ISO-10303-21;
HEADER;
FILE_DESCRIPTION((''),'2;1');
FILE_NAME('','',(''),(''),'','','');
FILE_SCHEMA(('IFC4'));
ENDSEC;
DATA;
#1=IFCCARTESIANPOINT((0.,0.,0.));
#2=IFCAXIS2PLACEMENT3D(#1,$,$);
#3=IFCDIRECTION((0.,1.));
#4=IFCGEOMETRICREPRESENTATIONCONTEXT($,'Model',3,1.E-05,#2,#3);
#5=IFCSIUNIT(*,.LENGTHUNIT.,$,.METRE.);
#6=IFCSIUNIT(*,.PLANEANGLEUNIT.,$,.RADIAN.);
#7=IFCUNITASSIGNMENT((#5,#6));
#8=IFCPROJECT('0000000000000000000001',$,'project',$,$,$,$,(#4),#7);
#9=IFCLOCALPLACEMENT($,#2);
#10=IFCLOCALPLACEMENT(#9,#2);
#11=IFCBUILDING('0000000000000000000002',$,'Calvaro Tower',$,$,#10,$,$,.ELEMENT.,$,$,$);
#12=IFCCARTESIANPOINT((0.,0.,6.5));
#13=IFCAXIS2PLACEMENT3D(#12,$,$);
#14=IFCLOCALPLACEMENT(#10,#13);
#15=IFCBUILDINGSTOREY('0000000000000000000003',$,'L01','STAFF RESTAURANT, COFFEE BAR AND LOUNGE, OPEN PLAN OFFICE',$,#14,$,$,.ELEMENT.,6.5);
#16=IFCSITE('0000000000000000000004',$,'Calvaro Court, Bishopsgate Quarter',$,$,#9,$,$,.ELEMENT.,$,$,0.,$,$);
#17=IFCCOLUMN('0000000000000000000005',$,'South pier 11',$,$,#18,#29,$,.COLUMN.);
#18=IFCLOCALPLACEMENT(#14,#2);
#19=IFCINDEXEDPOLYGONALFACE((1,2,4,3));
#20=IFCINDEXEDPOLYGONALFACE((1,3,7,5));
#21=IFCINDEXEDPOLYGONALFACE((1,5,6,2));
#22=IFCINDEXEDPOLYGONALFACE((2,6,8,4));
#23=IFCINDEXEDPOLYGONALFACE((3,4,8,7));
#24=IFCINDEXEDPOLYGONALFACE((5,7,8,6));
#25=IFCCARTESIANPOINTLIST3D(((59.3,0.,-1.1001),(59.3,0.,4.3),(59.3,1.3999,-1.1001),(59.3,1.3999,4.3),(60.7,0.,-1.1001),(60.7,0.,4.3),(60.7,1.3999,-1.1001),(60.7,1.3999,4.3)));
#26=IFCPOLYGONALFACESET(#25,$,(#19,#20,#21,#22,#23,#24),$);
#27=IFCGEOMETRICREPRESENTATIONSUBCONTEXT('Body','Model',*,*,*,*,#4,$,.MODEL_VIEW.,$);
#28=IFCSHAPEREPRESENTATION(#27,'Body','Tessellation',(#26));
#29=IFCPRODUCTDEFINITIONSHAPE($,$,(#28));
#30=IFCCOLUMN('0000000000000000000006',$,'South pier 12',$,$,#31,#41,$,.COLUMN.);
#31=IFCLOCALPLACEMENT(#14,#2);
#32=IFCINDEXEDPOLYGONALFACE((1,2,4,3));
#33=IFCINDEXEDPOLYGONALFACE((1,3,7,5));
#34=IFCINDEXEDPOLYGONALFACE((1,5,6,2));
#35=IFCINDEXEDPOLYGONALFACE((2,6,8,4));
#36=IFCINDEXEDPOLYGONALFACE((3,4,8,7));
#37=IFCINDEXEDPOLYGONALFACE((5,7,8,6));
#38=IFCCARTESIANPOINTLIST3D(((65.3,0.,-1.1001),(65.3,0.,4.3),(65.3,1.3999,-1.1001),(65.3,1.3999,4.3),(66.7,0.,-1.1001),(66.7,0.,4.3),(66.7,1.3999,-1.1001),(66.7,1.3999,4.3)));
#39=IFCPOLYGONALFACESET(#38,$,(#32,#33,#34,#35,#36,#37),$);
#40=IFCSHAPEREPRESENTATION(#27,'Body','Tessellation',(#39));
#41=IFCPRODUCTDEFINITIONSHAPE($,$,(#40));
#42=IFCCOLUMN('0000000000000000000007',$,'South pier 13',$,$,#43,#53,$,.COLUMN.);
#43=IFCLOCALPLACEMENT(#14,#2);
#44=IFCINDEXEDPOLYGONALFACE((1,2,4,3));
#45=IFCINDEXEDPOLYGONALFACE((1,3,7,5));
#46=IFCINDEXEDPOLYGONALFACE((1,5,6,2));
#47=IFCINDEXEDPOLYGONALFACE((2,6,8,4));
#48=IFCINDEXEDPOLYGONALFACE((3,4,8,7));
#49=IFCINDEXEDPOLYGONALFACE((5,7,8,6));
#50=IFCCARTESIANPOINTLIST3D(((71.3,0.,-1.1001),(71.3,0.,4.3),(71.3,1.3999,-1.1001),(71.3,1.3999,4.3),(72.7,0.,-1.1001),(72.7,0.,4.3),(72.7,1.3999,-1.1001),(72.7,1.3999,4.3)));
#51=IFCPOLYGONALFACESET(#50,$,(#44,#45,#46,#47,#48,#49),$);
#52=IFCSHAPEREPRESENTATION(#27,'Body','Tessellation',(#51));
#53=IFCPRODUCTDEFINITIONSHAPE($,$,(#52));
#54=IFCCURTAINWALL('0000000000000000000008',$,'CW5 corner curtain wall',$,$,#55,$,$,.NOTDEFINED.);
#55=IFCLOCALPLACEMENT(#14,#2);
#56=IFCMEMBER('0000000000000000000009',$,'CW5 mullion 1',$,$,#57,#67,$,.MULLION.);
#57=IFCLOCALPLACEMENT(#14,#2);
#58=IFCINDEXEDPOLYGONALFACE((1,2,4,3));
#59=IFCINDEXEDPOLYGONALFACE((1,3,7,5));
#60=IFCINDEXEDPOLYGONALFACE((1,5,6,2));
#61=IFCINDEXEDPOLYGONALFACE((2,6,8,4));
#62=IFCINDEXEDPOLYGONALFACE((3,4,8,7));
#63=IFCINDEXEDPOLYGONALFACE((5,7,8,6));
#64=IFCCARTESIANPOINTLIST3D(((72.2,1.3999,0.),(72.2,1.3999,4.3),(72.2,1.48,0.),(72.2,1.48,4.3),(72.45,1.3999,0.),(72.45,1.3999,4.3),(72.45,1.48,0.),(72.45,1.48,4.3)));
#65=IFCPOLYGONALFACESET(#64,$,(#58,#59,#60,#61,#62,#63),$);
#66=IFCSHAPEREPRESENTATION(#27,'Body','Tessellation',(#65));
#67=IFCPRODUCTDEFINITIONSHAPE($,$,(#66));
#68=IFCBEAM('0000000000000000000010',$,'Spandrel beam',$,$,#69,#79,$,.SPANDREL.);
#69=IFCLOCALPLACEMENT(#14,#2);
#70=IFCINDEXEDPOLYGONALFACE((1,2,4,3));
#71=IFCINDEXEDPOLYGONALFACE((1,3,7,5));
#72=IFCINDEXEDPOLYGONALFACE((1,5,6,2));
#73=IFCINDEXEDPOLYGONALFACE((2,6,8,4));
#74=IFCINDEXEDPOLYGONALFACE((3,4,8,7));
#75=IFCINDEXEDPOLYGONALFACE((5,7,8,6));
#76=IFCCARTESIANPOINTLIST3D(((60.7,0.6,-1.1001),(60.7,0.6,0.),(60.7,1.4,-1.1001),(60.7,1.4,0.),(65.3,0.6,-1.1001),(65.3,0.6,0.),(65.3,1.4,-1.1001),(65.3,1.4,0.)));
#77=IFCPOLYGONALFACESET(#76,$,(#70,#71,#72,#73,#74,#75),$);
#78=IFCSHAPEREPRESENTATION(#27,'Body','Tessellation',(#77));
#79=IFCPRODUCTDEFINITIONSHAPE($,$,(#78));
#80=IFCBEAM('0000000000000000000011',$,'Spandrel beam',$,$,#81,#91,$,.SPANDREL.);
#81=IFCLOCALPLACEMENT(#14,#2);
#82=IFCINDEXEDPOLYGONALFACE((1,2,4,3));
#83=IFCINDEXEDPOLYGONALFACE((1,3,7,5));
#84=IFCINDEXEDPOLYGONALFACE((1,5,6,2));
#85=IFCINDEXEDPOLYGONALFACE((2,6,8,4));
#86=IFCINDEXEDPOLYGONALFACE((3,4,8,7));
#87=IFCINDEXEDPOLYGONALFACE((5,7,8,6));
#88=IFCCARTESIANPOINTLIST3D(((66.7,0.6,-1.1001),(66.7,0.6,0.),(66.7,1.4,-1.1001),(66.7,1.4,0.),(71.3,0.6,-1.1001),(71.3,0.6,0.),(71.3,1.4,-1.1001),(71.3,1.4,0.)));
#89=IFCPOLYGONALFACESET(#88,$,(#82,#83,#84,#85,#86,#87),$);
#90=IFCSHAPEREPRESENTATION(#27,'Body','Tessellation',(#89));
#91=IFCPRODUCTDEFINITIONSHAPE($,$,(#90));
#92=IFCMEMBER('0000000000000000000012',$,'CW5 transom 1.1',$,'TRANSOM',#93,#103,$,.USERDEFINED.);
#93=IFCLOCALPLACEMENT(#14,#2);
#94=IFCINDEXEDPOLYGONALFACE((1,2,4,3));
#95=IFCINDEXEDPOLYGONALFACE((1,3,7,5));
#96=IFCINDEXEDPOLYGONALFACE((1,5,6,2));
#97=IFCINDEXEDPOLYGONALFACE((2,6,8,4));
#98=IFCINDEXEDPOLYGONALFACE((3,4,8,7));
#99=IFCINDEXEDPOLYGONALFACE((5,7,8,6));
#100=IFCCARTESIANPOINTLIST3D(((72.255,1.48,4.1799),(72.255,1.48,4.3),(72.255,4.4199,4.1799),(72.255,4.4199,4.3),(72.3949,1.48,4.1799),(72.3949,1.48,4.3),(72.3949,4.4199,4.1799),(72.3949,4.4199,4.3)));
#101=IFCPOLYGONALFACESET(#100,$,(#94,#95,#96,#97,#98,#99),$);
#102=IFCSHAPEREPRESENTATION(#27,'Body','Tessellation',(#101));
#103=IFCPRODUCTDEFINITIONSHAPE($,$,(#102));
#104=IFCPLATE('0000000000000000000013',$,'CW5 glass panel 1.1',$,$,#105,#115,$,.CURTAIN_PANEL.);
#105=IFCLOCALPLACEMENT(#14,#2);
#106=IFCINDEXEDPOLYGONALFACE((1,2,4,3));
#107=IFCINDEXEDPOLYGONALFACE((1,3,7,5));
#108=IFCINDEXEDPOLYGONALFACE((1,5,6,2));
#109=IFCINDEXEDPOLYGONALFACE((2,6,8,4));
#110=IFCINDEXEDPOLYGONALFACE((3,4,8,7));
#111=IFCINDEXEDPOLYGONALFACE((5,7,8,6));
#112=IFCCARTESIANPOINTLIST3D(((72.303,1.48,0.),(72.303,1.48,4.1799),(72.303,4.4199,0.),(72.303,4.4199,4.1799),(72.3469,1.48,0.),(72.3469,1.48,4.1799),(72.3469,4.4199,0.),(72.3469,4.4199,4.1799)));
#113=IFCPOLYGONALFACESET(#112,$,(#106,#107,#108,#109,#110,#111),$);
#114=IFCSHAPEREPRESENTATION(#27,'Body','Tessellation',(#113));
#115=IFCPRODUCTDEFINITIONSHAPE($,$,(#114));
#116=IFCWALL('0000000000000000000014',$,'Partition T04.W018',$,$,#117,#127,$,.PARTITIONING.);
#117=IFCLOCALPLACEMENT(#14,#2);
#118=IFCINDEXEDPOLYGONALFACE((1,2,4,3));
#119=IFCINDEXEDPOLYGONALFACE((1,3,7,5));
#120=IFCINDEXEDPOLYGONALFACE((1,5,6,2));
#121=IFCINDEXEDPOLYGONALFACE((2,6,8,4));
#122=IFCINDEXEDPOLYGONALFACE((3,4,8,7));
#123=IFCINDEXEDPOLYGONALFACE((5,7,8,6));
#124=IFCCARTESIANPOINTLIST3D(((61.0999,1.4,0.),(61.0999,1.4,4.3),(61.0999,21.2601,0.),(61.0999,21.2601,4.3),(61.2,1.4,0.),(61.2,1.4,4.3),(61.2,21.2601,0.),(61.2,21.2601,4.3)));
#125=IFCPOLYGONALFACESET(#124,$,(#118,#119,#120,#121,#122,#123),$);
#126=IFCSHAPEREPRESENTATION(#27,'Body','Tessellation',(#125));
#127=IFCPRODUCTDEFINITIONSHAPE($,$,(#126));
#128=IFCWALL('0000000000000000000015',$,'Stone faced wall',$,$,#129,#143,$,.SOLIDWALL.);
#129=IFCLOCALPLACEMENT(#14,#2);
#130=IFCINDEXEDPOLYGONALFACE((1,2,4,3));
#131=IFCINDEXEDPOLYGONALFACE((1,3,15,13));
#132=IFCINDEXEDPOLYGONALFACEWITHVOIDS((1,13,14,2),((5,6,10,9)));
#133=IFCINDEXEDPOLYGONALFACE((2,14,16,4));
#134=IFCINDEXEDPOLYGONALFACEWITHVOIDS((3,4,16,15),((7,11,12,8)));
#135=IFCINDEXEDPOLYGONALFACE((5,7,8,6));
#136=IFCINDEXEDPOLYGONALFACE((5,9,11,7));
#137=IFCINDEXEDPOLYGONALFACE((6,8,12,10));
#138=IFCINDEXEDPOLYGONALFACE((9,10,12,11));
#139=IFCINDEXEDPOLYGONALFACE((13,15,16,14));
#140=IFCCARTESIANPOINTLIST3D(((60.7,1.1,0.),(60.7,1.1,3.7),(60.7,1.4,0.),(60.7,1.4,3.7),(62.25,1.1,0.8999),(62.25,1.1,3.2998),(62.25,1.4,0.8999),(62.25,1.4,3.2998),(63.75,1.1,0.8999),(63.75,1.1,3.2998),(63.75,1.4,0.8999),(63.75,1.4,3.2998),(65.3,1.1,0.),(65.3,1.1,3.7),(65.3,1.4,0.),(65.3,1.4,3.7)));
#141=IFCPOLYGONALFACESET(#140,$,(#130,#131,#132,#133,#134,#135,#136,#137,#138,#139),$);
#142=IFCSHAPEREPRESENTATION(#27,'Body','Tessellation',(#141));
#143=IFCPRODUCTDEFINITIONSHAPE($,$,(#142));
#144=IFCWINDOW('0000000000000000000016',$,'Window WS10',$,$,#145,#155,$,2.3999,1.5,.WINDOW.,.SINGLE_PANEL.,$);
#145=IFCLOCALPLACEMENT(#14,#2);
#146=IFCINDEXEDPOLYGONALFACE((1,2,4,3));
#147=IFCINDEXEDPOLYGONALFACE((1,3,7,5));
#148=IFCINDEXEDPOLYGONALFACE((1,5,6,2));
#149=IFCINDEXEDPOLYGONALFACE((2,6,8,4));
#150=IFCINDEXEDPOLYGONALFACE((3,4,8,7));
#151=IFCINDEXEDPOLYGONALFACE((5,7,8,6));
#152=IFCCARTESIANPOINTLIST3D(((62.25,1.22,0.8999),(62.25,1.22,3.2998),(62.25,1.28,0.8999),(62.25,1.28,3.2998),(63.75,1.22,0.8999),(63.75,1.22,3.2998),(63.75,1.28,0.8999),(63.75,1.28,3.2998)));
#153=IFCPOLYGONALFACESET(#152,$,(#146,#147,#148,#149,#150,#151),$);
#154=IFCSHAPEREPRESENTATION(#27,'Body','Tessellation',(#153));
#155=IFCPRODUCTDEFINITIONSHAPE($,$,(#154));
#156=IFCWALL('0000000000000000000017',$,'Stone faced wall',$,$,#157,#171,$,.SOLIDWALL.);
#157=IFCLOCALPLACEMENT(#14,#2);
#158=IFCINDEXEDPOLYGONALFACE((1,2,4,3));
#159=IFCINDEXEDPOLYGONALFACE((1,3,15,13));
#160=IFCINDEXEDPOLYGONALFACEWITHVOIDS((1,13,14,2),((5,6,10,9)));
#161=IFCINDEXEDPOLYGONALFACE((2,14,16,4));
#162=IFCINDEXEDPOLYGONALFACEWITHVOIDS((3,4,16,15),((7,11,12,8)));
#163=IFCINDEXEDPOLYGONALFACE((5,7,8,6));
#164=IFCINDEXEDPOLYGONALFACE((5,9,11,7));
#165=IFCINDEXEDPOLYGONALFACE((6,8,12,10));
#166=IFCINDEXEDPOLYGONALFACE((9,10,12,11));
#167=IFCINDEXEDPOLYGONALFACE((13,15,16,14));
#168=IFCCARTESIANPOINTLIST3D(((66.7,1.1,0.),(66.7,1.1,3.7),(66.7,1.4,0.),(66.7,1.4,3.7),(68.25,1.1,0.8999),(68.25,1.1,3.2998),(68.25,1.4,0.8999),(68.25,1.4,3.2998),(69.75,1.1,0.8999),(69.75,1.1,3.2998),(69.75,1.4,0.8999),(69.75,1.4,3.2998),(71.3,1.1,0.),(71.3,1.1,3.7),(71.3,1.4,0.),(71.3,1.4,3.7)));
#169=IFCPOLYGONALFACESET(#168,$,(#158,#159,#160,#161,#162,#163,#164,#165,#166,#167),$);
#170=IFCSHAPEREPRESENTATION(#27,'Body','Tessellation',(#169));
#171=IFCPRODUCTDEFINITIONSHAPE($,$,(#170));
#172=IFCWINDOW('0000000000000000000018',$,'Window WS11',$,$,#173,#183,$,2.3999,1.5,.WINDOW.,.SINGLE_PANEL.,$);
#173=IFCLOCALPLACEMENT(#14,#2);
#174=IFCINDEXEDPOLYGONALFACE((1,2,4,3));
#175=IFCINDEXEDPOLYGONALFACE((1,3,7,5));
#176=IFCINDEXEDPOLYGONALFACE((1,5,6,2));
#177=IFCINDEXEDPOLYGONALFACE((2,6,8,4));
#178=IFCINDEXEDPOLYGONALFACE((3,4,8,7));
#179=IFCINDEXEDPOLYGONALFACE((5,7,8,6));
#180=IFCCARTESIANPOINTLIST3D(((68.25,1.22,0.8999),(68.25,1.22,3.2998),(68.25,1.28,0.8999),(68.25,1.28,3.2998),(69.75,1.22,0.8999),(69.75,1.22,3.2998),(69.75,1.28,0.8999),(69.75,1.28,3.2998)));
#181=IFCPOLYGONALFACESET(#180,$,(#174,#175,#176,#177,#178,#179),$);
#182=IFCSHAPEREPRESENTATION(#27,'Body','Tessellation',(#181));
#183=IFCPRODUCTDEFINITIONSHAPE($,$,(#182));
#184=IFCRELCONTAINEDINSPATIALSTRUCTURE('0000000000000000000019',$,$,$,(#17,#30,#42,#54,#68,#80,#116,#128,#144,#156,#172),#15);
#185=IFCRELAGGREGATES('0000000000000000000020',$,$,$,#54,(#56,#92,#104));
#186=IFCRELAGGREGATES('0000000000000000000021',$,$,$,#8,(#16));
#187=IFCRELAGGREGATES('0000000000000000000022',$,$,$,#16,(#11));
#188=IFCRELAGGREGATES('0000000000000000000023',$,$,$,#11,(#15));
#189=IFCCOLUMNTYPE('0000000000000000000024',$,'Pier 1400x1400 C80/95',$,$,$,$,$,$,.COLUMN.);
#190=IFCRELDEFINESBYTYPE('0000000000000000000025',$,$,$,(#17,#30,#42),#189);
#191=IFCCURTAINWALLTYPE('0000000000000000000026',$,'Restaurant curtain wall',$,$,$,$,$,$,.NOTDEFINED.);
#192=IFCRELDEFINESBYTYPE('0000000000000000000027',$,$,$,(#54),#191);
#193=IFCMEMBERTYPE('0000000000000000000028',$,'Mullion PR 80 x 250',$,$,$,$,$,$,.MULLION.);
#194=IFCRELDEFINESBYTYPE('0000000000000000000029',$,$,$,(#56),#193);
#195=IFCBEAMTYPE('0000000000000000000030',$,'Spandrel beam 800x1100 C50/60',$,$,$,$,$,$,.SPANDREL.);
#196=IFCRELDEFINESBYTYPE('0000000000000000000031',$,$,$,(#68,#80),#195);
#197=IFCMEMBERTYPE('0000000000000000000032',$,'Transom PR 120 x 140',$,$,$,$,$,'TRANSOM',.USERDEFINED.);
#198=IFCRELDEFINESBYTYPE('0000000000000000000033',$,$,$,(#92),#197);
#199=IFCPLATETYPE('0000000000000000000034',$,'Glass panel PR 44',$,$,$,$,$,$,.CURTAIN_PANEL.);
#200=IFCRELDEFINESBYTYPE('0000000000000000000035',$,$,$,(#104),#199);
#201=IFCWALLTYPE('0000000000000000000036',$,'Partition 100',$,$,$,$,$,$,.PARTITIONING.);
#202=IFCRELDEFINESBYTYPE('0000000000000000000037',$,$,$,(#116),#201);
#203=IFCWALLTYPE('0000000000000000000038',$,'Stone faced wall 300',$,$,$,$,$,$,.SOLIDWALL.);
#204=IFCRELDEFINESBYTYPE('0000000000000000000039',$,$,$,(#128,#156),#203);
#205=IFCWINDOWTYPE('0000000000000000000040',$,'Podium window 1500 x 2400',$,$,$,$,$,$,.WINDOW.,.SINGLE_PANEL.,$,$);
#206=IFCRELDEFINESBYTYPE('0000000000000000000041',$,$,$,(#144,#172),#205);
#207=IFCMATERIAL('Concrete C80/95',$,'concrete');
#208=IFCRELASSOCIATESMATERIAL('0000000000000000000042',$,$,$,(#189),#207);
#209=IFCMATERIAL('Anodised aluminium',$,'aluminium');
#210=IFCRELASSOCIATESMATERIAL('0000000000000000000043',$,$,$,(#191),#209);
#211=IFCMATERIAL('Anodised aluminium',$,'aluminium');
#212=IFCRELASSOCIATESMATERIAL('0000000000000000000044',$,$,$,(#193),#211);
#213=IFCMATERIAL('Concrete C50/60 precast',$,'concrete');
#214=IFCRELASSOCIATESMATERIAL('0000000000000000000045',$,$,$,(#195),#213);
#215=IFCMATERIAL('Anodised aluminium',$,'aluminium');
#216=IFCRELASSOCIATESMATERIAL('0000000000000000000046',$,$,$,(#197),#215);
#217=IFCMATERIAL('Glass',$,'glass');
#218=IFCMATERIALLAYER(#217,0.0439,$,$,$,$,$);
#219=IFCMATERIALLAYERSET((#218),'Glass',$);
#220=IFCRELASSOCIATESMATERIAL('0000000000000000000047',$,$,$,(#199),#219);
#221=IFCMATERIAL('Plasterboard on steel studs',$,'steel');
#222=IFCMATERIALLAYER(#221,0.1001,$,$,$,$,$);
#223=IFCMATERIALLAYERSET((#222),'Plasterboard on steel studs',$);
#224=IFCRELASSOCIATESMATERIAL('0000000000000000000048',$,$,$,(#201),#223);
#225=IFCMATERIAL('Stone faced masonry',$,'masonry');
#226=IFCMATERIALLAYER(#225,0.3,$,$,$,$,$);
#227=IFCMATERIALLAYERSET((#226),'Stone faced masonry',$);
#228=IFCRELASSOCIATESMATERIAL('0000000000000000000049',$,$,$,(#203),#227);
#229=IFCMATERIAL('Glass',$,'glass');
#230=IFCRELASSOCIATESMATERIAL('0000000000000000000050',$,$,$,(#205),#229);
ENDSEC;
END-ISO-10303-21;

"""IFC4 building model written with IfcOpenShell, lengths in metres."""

from ifc_helpers import new_model, si_unit, direction, frame, frame_2d, origin, origin_2d, place, context, subcontext, project, spatial, rectangle, extrude, material, layer, layer_set, material_profile, profile_set, type_object, element, fill, aggregate, save


model = new_model("IFC4")

# Units and contexts
model_context = context("Model", 3, precision=1e-05, world=origin(), true_north=direction((0.0, 1.0)))
body_context = subcontext(model_context, "Body", "Model", "MODEL_VIEW")
ifc_project = project(units=[si_unit("LENGTHUNIT", "METRE"), si_unit("PLANEANGLEUNIT", "RADIAN")], contexts=[model_context])

# Site, building, storey
site_placement = place(None, origin())
site = spatial("IfcSite", under=ifc_project, at=site_placement, Name="Calvaro Court, Bishopsgate Quarter", CompositionType="ELEMENT", RefElevation=0.0)
building_placement = place(site_placement, origin())
building = spatial("IfcBuilding", under=site, at=building_placement, Name="Calvaro Tower", CompositionType="ELEMENT")
storey_placement = place(building_placement, frame((0.0, 0.0, 6.5)))
storey = spatial("IfcBuildingStorey", under=building, at=storey_placement, Name="L01", Description="STAFF RESTAURANT, COFFEE BAR AND LOUNGE, OPEN PLAN OFFICE", CompositionType="ELEMENT", Elevation=6.5)

# Columns
ifc_material_1 = material(Name="Concrete C80/95", Category="concrete")
ifc_material_profile_1 = material_profile(ifc_material_1, rectangle(XDim=1.3999, YDim=1.3999, at=origin_2d()), Name="RC 1400x1400")
ifc_profile_set_1 = profile_set([ifc_material_profile_1], Name="Concrete C80/95")
column_type = type_object("IfcColumnType", Name="Pier 1400x1400 C80/95", PredefinedType="COLUMN", material=ifc_profile_set_1)
for number, where, z_axis, x_axis, name in (
    (1, (60.0, 0.7, -1.1001), (0.0, 0.0, 1.0), (1.0, 0.0, 0.0), "South pier 11"),
    (2, (66.0, 0.7, -1.1001), (0.0, 0.0, 1.0), (1.0, 0.0, 0.0), "South pier 12"),
    (3, (72.0, 0.7, -1.1001), (0.0, 0.0, 1.0), (1.0, 0.0, 0.0), "South pier 13"),
):
    element("IfcColumn", number, at=place(storey_placement, frame(where, z_axis=z_axis, x_axis=x_axis)), inside=storey, type_object=column_type, Name=name, PredefinedType="COLUMN", context=body_context, shape_type="SweptSolid", body=[
        extrude(rectangle(XDim=1.3999, YDim=1.3999, at=origin_2d()), origin(), (0.0, 0.0, 1.0), 5.4001),
    ])

# Curtain wall, member
ifc_material_2 = material(Name="Anodised aluminium", Category="aluminium")
curtain_wall_type = type_object("IfcCurtainWallType", Name="Restaurant curtain wall", PredefinedType="NOTDEFINED", material=ifc_material_2)
curtain_wall_placement = place(storey_placement, origin())
curtain_wall = element("IfcCurtainWall", 4, at=curtain_wall_placement, inside=storey, type_object=curtain_wall_type, Name="CW5 corner curtain wall", PredefinedType="NOTDEFINED")
ifc_material_3 = material(Name="Anodised aluminium", Category="aluminium")
ifc_material_profile_2 = material_profile(ifc_material_3, rectangle(XDim=0.25, YDim=0.0801, at=origin_2d()), Name="Mullion PR 80 x 250")
ifc_profile_set_2 = profile_set([ifc_material_profile_2], Name="Anodised aluminium")
member_type_1 = type_object("IfcMemberType", Name="Mullion PR 80 x 250", PredefinedType="MULLION", material=ifc_profile_set_2)
member_1_placement = place(storey_placement, frame((72.325, 1.4399, 0.0), z_axis=(0.0, 0.0, 1.0), x_axis=(-1.0, 0.0, 0.0)))
member_1 = element("IfcMember", 5, at=member_1_placement, type_object=member_type_1, Name="CW5 mullion 1", PredefinedType="MULLION", context=body_context, shape_type="SweptSolid", body=[
    extrude(rectangle(XDim=0.25, YDim=0.0801, at=origin_2d()), origin(), (0.0, 0.0, 1.0), 4.3),
])

# Beams
ifc_material_4 = material(Name="Concrete C50/60 precast", Category="concrete")
ifc_material_profile_3 = material_profile(ifc_material_4, rectangle(XDim=0.8, YDim=1.1001, at=origin_2d()), Name="RC 800x1100")
ifc_profile_set_3 = profile_set([ifc_material_profile_3], Name="Concrete C50/60 precast")
beam_type = type_object("IfcBeamType", Name="Spandrel beam 800x1100 C50/60", PredefinedType="SPANDREL", material=ifc_profile_set_3)
for number, where, z_axis, x_axis, name in (
    (6, (60.7, 1.0, -0.55), (1.0, 0.0, 0.0), (0.0, 1.0, 0.0), "Spandrel beam"),
    (7, (66.7, 1.0, -0.55), (1.0, 0.0, 0.0), (0.0, 1.0, 0.0), "Spandrel beam"),
):
    element("IfcBeam", number, at=place(storey_placement, frame(where, z_axis=z_axis, x_axis=x_axis)), inside=storey, type_object=beam_type, Name=name, PredefinedType="SPANDREL", context=body_context, shape_type="SweptSolid", body=[
        extrude(rectangle(XDim=0.8, YDim=1.1001, at=origin_2d()), origin(), (0.0, 0.0, 1.0), 4.6001),
    ])

# Member
ifc_material_5 = material(Name="Anodised aluminium", Category="aluminium")
ifc_material_profile_4 = material_profile(ifc_material_5, rectangle(XDim=0.1399, YDim=0.1201, at=origin_2d()), Name="Transom PR 120 x 140")
ifc_profile_set_4 = profile_set([ifc_material_profile_4], Name="Anodised aluminium")
member_type_2 = type_object("IfcMemberType", Name="Transom PR 120 x 140", ElementType="TRANSOM", PredefinedType="USERDEFINED", material=ifc_profile_set_4)
member_2_placement = place(storey_placement, frame((72.325, 1.48, 4.24), z_axis=(0.0, 1.0, 0.0), x_axis=(-1.0, 0.0, 0.0)))
member_2 = element("IfcMember", 8, at=member_2_placement, type_object=member_type_2, Name="CW5 transom 1.1", ObjectType="TRANSOM", PredefinedType="USERDEFINED", context=body_context, shape_type="SweptSolid", body=[
    extrude(rectangle(XDim=0.1399, YDim=0.1201, at=origin_2d()), origin(), (0.0, 0.0, 1.0), 2.9399),
])

# Plate
ifc_material_6 = material(Name="Glass", Category="glass")
ifc_layer_1 = layer(ifc_material_6, 0.0439)
ifc_layer_set_1 = layer_set([ifc_layer_1], Name="Glass")
plate_type = type_object("IfcPlateType", Name="Glass panel PR 44", PredefinedType="CURTAIN_PANEL", material=ifc_layer_set_1)
plate_placement = place(storey_placement, frame((72.325, 2.95, 0.0), z_axis=(0.0, 0.0, 1.0), x_axis=(0.0, 1.0, 0.0)))
plate = element("IfcPlate", 9, at=plate_placement, type_object=plate_type, Name="CW5 glass panel 1.1", PredefinedType="CURTAIN_PANEL", context=body_context, shape_type="SweptSolid", body=[
    extrude(rectangle(XDim=2.9399, YDim=0.0439, at=origin_2d()), origin(), (0.0, 0.0, 1.0), 4.1799),
])
aggregate(curtain_wall, [member_1, member_2, plate])

# Wall
ifc_material_7 = material(Name="Plasterboard on steel studs", Category="steel")
ifc_layer_2 = layer(ifc_material_7, 0.1001)
ifc_layer_set_2 = layer_set([ifc_layer_2], Name="Plasterboard on steel studs")
wall_type_1 = type_object("IfcWallType", Name="Partition 100", PredefinedType="PARTITIONING", material=ifc_layer_set_2)
wall_1_placement = place(storey_placement, frame((61.1499, 1.3999, 0.0), z_axis=(0.0, 0.0, 1.0), x_axis=(0.0, 1.0, 0.0)))
element("IfcWall", 10, at=wall_1_placement, inside=storey, type_object=wall_type_1, Name="Partition T04.W018", PredefinedType="PARTITIONING", context=body_context, shape_type="SweptSolid", body=[
    extrude(rectangle(XDim=19.8601, YDim=0.1001, at=frame_2d((9.9302, 0.0))), origin(), (0.0, 0.0, 1.0), 4.3),
])

# Walls, openings, windows
ifc_material_8 = material(Name="Stone faced masonry", Category="masonry")
ifc_layer_3 = layer(ifc_material_8, 0.3)
ifc_layer_set_3 = layer_set([ifc_layer_3], Name="Stone faced masonry")
wall_type_2 = type_object("IfcWallType", Name="Stone faced wall 300", PredefinedType="SOLIDWALL", material=ifc_layer_set_3)
wall_2_placement = place(storey_placement, frame((60.7, 1.25, 0.0), z_axis=(0.0, 0.0, 1.0), x_axis=(1.0, 0.0, 0.0)))
wall_2 = element("IfcWall", 11, at=wall_2_placement, inside=storey, type_object=wall_type_2, Name="Stone faced wall", PredefinedType="SOLIDWALL", context=body_context, shape_type="SweptSolid", body=[
    extrude(rectangle(XDim=4.6001, YDim=0.3, at=frame_2d((2.3, 0.0))), origin(), (0.0, 0.0, 1.0), 3.7),
])
opening_1_placement = place(wall_2_placement, frame((1.55, 0.0, 0.8999)))
opening_1 = element("IfcOpeningElement", 12, at=opening_1_placement, cuts=wall_2, PredefinedType="OPENING", context=body_context, shape_type="SweptSolid", body=[
    extrude(rectangle(XDim=1.5, YDim=2.3999, at=frame_2d((0.75, 1.2))), frame((0.0, 0.1599, 0.0), z_axis=(0.0, -1.0, 0.0), x_axis=(1.0, 0.0, 0.0)), (0.0, 0.0, 1.0), 0.3201),
])
ifc_material_9 = material(Name="Glass", Category="glass")
window_type = type_object("IfcWindowType", Name="Podium window 1500 x 2400", PartitioningType="SINGLE_PANEL", PredefinedType="WINDOW", material=ifc_material_9)
window_1_placement = place(opening_1_placement, origin())
window_1 = element("IfcWindow", 13, at=window_1_placement, inside=storey, type_object=window_type, Name="Window WS10", OverallHeight=2.3999, OverallWidth=1.5, PartitioningType="SINGLE_PANEL", PredefinedType="WINDOW", context=body_context, shape_type="SweptSolid", body=[
    extrude(rectangle(XDim=1.5, YDim=2.3999, at=frame_2d((0.75, 1.2))), frame((0.0, 0.03, 0.0), z_axis=(0.0, -1.0, 0.0), x_axis=(1.0, 0.0, 0.0)), (0.0, 0.0, 1.0), 0.0601),
])
fill(opening_1, window_1)
wall_3_placement = place(storey_placement, frame((66.7, 1.25, 0.0), z_axis=(0.0, 0.0, 1.0), x_axis=(1.0, 0.0, 0.0)))
wall_3 = element("IfcWall", 14, at=wall_3_placement, inside=storey, type_object=wall_type_2, Name="Stone faced wall", PredefinedType="SOLIDWALL", context=body_context, shape_type="SweptSolid", body=[
    extrude(rectangle(XDim=4.6001, YDim=0.3, at=frame_2d((2.3, 0.0))), origin(), (0.0, 0.0, 1.0), 3.7),
])
opening_2_placement = place(wall_3_placement, frame((1.55, 0.0, 0.8999)))
opening_2 = element("IfcOpeningElement", 15, at=opening_2_placement, cuts=wall_3, PredefinedType="OPENING", context=body_context, shape_type="SweptSolid", body=[
    extrude(rectangle(XDim=1.5, YDim=2.3999, at=frame_2d((0.75, 1.2))), frame((0.0, 0.1599, 0.0), z_axis=(0.0, -1.0, 0.0), x_axis=(1.0, 0.0, 0.0)), (0.0, 0.0, 1.0), 0.3201),
])
window_2_placement = place(opening_2_placement, origin())
window_2 = element("IfcWindow", 16, at=window_2_placement, inside=storey, type_object=window_type, Name="Window WS11", OverallHeight=2.3999, OverallWidth=1.5, PartitioningType="SINGLE_PANEL", PredefinedType="WINDOW", context=body_context, shape_type="SweptSolid", body=[
    extrude(rectangle(XDim=1.5, YDim=2.3999, at=frame_2d((0.75, 1.2))), frame((0.0, 0.03, 0.0), z_axis=(0.0, -1.0, 0.0), x_axis=(1.0, 0.0, 0.0)), (0.0, 0.0, 1.0), 0.0601),
])
fill(opening_2, window_2)

save(model, "model.ifc")
